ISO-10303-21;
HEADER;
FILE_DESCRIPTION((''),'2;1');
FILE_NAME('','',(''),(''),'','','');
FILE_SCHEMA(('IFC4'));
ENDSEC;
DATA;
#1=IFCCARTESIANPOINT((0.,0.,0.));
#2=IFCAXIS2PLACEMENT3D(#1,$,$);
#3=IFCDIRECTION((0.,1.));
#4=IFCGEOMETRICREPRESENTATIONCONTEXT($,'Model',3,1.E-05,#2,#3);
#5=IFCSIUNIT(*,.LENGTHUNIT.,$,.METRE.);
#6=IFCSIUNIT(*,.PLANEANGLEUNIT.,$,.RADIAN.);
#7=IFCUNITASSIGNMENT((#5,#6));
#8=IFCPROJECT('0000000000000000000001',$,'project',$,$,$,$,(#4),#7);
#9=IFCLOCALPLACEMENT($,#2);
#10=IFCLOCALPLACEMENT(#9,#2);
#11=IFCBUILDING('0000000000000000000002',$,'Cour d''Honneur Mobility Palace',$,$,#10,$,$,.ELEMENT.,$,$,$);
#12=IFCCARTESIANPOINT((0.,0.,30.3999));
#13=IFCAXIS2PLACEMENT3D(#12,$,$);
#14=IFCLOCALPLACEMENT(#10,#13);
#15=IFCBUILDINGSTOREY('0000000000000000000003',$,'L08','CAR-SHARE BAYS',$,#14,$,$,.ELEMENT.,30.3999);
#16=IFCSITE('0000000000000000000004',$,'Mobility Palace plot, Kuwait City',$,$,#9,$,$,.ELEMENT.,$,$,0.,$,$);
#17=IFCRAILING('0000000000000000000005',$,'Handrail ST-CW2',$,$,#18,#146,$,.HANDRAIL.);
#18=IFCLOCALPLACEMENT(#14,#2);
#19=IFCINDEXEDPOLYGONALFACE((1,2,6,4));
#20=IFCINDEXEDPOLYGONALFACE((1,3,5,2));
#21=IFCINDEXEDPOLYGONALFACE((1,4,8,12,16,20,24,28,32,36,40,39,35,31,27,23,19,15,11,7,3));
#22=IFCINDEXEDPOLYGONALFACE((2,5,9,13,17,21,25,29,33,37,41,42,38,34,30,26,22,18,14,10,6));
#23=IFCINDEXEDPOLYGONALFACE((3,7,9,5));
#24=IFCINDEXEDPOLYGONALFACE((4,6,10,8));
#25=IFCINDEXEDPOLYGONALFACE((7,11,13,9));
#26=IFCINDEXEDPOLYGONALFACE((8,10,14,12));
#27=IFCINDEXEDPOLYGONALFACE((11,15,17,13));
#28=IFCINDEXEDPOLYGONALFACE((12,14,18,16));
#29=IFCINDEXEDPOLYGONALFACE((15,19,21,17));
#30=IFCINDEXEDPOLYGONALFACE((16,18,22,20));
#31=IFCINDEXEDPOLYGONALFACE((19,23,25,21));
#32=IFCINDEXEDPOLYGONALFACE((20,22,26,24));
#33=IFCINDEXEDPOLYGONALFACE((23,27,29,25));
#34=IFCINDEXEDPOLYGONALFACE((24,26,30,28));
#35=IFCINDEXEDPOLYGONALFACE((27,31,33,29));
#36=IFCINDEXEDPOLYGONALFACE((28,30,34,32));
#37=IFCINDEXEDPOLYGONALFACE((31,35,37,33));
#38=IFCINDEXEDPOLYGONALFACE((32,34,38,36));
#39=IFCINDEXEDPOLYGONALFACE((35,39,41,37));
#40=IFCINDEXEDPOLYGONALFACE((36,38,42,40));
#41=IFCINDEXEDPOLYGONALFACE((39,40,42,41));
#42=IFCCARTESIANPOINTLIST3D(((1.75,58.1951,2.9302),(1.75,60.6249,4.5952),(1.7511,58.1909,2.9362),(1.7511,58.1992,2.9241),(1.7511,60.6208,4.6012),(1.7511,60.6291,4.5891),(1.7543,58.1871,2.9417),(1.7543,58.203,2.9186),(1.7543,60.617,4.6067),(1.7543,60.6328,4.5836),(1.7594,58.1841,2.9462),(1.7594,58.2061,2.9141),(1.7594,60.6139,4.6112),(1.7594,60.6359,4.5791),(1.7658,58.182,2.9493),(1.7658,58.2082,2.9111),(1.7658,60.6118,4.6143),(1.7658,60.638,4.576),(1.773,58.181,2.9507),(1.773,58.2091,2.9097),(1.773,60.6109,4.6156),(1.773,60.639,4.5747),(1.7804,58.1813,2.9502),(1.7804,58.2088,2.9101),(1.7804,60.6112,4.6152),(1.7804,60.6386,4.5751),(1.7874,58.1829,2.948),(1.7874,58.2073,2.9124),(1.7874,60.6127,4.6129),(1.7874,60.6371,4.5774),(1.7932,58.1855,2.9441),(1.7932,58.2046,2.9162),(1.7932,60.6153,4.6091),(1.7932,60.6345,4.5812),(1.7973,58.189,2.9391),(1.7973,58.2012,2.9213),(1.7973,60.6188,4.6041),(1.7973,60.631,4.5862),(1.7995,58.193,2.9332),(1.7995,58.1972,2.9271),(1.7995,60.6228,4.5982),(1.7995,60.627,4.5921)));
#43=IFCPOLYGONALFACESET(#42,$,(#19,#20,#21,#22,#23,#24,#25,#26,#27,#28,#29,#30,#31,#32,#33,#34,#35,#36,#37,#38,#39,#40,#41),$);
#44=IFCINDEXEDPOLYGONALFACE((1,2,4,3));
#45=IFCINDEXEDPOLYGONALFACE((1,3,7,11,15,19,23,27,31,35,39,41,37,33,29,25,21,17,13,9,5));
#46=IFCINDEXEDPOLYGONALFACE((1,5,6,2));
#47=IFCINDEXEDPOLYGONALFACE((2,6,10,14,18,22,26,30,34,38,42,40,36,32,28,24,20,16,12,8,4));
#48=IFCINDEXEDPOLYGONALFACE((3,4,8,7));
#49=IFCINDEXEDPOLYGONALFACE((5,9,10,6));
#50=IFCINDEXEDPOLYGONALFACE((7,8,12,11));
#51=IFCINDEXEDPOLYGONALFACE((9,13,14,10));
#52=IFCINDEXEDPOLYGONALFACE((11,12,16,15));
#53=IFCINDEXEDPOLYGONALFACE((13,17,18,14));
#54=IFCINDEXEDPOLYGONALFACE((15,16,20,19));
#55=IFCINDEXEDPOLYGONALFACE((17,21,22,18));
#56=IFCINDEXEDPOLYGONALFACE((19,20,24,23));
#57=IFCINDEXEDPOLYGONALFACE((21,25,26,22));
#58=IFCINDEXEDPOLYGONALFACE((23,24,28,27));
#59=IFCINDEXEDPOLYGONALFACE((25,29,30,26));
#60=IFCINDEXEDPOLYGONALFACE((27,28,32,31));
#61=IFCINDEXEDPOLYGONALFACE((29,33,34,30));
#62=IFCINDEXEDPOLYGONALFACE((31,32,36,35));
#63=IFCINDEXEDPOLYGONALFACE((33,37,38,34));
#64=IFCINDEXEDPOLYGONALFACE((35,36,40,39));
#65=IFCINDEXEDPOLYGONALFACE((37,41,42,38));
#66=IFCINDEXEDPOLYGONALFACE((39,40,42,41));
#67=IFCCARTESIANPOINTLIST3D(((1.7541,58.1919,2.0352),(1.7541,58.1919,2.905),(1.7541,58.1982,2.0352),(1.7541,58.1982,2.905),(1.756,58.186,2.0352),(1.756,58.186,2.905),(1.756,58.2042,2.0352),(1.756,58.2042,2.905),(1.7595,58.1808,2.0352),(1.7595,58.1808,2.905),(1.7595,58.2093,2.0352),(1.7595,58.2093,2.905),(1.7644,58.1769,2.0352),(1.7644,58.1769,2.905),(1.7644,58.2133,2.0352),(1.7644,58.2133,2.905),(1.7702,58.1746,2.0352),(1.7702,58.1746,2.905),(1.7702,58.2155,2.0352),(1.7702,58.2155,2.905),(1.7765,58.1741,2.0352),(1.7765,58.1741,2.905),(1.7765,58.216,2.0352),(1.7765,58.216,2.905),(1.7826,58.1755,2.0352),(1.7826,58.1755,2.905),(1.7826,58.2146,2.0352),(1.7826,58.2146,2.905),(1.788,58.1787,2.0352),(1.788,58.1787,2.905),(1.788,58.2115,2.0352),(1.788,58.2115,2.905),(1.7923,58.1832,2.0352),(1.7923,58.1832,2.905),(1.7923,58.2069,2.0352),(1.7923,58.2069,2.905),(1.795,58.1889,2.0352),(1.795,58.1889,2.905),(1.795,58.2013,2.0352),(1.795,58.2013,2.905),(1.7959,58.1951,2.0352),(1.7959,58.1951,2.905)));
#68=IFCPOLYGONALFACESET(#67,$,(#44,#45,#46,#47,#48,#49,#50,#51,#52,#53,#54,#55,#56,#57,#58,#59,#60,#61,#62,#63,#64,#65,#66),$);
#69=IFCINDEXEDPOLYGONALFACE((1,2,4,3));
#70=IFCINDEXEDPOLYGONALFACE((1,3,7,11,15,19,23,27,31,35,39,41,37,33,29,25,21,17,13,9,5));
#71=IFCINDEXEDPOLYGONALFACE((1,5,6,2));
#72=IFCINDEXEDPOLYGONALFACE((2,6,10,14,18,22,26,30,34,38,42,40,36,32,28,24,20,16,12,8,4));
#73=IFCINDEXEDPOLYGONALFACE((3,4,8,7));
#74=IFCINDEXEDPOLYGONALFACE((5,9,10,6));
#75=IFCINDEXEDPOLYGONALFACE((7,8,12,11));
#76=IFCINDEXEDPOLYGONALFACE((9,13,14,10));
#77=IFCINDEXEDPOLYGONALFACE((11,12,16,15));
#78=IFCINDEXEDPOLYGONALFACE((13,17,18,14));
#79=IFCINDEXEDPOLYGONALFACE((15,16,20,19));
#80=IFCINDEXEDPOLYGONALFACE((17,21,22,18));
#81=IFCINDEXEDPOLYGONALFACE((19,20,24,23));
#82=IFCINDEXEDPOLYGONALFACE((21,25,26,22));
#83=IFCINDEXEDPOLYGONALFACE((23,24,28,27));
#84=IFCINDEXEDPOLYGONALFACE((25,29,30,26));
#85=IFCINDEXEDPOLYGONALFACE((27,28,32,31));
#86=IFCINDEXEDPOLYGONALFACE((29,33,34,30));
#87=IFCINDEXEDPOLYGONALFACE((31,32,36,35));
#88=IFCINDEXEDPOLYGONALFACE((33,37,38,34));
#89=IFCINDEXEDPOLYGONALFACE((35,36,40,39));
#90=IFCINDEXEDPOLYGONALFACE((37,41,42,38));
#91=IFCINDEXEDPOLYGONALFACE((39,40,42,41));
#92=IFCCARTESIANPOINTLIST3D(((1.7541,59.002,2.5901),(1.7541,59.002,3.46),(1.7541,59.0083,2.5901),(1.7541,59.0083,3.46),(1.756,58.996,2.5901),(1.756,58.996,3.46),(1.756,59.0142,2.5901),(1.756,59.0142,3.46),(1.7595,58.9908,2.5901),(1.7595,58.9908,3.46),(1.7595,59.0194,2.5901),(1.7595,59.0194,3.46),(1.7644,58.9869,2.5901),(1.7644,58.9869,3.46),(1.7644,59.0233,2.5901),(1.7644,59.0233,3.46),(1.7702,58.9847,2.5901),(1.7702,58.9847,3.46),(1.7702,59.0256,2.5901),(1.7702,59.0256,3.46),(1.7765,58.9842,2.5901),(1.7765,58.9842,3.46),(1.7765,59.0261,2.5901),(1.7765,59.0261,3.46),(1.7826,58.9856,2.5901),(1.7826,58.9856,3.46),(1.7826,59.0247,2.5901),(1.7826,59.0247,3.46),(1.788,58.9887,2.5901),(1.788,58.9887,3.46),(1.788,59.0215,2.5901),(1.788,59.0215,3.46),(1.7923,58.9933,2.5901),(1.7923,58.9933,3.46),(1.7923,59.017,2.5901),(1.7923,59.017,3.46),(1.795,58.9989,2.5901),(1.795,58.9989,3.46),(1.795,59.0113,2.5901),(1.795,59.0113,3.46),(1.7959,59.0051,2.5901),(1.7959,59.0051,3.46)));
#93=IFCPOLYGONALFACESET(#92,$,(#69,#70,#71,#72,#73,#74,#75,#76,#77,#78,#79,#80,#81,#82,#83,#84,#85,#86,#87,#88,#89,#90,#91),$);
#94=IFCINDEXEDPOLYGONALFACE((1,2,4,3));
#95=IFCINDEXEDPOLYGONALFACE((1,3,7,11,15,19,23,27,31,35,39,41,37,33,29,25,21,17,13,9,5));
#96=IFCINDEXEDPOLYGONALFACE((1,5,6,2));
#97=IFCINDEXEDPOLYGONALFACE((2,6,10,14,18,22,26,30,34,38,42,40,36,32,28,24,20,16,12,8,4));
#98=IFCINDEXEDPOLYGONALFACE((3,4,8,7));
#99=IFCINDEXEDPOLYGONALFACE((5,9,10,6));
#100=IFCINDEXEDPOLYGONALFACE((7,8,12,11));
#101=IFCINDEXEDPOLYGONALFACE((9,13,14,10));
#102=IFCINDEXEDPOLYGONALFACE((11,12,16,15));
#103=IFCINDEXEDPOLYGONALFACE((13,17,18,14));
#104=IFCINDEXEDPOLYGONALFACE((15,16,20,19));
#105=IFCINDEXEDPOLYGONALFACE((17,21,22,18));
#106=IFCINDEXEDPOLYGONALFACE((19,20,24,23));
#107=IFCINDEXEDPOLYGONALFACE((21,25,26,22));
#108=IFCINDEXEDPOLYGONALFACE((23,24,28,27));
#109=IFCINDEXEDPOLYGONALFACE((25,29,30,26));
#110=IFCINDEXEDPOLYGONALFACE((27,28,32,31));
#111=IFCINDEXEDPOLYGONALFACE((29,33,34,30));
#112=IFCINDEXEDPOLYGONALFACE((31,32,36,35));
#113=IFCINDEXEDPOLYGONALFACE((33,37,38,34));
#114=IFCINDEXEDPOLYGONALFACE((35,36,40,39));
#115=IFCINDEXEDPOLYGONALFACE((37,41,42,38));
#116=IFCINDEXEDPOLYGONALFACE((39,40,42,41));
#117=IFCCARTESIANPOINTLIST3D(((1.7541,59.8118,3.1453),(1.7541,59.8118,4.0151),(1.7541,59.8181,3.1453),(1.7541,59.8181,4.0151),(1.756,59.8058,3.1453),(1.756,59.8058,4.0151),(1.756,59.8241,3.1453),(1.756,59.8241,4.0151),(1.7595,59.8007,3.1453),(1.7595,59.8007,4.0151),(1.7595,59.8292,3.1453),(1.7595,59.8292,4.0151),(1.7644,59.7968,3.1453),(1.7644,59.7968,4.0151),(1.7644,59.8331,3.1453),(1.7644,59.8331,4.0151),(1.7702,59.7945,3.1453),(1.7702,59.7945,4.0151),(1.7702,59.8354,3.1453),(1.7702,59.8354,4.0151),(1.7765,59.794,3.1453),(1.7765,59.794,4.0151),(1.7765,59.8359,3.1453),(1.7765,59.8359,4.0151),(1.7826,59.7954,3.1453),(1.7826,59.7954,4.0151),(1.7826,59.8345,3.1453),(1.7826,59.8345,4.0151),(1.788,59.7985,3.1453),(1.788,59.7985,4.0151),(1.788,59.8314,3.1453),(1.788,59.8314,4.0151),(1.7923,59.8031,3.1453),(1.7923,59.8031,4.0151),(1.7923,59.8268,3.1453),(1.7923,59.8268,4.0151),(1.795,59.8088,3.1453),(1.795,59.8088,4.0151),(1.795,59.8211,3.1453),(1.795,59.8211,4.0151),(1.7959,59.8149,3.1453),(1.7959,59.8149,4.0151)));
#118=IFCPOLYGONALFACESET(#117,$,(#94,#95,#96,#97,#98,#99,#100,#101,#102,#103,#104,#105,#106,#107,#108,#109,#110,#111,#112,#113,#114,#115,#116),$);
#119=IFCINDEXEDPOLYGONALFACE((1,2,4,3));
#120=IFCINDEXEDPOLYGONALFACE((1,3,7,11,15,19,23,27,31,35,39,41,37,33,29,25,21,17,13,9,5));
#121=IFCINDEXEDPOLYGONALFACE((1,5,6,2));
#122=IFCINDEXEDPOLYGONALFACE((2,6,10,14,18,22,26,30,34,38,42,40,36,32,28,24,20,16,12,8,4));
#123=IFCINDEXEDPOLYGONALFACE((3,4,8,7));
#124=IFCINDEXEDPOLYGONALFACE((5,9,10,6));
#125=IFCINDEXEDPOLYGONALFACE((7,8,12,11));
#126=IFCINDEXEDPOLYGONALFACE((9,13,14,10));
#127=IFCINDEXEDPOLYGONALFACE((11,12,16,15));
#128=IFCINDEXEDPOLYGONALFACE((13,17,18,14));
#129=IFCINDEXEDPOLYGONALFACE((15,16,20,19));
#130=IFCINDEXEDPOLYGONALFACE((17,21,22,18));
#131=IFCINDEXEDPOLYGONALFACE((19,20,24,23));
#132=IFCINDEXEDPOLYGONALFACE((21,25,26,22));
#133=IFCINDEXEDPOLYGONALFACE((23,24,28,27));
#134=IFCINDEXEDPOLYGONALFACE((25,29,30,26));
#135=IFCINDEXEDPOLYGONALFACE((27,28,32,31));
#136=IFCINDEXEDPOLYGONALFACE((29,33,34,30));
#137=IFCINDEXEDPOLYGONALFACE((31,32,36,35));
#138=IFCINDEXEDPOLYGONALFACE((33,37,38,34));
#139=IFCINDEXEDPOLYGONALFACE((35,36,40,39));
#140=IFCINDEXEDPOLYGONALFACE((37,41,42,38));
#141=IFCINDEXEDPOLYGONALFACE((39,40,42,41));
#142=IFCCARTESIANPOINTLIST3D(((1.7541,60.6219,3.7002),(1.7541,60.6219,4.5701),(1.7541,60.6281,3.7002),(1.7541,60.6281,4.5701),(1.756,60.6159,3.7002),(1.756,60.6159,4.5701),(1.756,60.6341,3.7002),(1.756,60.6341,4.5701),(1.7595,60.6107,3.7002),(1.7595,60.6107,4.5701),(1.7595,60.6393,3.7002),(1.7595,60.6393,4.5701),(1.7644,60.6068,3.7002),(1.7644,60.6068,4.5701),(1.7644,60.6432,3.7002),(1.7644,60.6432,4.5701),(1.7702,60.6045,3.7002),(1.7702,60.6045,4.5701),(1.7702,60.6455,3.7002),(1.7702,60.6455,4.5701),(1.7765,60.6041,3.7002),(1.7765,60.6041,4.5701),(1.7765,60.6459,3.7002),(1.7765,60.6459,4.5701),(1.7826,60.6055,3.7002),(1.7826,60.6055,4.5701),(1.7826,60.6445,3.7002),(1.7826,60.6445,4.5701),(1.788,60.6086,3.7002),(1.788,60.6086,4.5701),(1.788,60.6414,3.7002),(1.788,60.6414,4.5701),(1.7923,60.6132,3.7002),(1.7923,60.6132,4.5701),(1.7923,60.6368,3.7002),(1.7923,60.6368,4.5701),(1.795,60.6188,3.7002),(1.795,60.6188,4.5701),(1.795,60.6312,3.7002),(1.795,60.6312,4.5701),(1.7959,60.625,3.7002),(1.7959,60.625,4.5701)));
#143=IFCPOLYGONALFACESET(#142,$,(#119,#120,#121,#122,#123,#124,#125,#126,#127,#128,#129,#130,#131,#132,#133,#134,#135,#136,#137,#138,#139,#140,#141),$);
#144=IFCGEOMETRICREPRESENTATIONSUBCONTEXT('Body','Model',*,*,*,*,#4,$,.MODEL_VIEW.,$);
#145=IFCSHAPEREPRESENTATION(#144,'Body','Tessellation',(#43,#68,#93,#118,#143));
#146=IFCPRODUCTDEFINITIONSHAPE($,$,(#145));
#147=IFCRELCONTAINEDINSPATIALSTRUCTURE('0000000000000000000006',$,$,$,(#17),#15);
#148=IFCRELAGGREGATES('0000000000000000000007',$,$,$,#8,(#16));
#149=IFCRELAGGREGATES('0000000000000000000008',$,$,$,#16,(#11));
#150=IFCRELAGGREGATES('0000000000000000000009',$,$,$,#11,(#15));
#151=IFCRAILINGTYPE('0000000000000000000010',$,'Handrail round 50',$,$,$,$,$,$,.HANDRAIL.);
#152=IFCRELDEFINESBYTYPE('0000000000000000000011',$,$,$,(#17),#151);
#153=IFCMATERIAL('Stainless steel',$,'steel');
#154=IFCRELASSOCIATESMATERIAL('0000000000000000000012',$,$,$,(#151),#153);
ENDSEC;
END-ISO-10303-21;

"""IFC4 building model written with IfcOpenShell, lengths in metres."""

from ifc_helpers import new_model, si_unit, direction, frame, origin, origin_2d, place, context, subcontext, project, spatial, circle, extrude, material, type_object, element, save


model = new_model("IFC4")

# Units and contexts
model_context = context("Model", 3, precision=1e-05, world=origin(), true_north=direction((0.0, 1.0)))
body_context = subcontext(model_context, "Body", "Model", "MODEL_VIEW")
ifc_project = project(units=[si_unit("LENGTHUNIT", "METRE"), si_unit("PLANEANGLEUNIT", "RADIAN")], contexts=[model_context])

# Site, building, storey
site_placement = place(None, origin())
site = spatial("IfcSite", under=ifc_project, at=site_placement, Name="Mobility Palace plot, Kuwait City", CompositionType="ELEMENT", RefElevation=0.0)
building_placement = place(site_placement, origin())
building = spatial("IfcBuilding", under=site, at=building_placement, Name="Cour d'Honneur Mobility Palace", CompositionType="ELEMENT")
storey_placement = place(building_placement, frame((0.0, 0.0, 30.3999)))
storey = spatial("IfcBuildingStorey", under=building, at=storey_placement, Name="L08", Description="CAR-SHARE BAYS", CompositionType="ELEMENT", Elevation=30.3999)

# Railing
ifc_material_1 = material(Name="Stainless steel", Category="steel")
railing_type_1 = type_object("IfcRailingType", Name="Handrail round 50", PredefinedType="HANDRAIL", material=ifc_material_1)
railing_1_placement = place(storey_placement, frame((1.7749, 58.1951, 2.0352)))
element("IfcRailing", 1, at=railing_1_placement, inside=storey, type_object=railing_type_1, Name="Handrail ST-CW2", PredefinedType="HANDRAIL", context=body_context, shape_type="SweptSolid", body=[
    extrude(circle(Radius=0.0249, at=origin_2d()), frame((0.0, 0.0, 0.895), z_axis=(0.0, 0.824919, 0.565251), x_axis=(-1.0, 0.0, 0.0)), (0.0, 0.0, 1.0), 2.9456),
    extrude(circle(Radius=0.021, at=origin_2d()), origin(), (0.0, 0.0, 1.0), 0.8699),
    extrude(circle(Radius=0.021, at=origin_2d()), frame((0.0, 0.8101, 0.5549)), (0.0, 0.0, 1.0), 0.8699),
    extrude(circle(Radius=0.021, at=origin_2d()), frame((0.0, 1.6199, 1.1101)), (0.0, 0.0, 1.0), 0.8699),
    extrude(circle(Radius=0.021, at=origin_2d()), frame((0.0, 2.4299, 1.665)), (0.0, 0.0, 1.0), 0.8699),
])

save(model, "model.ifc")
